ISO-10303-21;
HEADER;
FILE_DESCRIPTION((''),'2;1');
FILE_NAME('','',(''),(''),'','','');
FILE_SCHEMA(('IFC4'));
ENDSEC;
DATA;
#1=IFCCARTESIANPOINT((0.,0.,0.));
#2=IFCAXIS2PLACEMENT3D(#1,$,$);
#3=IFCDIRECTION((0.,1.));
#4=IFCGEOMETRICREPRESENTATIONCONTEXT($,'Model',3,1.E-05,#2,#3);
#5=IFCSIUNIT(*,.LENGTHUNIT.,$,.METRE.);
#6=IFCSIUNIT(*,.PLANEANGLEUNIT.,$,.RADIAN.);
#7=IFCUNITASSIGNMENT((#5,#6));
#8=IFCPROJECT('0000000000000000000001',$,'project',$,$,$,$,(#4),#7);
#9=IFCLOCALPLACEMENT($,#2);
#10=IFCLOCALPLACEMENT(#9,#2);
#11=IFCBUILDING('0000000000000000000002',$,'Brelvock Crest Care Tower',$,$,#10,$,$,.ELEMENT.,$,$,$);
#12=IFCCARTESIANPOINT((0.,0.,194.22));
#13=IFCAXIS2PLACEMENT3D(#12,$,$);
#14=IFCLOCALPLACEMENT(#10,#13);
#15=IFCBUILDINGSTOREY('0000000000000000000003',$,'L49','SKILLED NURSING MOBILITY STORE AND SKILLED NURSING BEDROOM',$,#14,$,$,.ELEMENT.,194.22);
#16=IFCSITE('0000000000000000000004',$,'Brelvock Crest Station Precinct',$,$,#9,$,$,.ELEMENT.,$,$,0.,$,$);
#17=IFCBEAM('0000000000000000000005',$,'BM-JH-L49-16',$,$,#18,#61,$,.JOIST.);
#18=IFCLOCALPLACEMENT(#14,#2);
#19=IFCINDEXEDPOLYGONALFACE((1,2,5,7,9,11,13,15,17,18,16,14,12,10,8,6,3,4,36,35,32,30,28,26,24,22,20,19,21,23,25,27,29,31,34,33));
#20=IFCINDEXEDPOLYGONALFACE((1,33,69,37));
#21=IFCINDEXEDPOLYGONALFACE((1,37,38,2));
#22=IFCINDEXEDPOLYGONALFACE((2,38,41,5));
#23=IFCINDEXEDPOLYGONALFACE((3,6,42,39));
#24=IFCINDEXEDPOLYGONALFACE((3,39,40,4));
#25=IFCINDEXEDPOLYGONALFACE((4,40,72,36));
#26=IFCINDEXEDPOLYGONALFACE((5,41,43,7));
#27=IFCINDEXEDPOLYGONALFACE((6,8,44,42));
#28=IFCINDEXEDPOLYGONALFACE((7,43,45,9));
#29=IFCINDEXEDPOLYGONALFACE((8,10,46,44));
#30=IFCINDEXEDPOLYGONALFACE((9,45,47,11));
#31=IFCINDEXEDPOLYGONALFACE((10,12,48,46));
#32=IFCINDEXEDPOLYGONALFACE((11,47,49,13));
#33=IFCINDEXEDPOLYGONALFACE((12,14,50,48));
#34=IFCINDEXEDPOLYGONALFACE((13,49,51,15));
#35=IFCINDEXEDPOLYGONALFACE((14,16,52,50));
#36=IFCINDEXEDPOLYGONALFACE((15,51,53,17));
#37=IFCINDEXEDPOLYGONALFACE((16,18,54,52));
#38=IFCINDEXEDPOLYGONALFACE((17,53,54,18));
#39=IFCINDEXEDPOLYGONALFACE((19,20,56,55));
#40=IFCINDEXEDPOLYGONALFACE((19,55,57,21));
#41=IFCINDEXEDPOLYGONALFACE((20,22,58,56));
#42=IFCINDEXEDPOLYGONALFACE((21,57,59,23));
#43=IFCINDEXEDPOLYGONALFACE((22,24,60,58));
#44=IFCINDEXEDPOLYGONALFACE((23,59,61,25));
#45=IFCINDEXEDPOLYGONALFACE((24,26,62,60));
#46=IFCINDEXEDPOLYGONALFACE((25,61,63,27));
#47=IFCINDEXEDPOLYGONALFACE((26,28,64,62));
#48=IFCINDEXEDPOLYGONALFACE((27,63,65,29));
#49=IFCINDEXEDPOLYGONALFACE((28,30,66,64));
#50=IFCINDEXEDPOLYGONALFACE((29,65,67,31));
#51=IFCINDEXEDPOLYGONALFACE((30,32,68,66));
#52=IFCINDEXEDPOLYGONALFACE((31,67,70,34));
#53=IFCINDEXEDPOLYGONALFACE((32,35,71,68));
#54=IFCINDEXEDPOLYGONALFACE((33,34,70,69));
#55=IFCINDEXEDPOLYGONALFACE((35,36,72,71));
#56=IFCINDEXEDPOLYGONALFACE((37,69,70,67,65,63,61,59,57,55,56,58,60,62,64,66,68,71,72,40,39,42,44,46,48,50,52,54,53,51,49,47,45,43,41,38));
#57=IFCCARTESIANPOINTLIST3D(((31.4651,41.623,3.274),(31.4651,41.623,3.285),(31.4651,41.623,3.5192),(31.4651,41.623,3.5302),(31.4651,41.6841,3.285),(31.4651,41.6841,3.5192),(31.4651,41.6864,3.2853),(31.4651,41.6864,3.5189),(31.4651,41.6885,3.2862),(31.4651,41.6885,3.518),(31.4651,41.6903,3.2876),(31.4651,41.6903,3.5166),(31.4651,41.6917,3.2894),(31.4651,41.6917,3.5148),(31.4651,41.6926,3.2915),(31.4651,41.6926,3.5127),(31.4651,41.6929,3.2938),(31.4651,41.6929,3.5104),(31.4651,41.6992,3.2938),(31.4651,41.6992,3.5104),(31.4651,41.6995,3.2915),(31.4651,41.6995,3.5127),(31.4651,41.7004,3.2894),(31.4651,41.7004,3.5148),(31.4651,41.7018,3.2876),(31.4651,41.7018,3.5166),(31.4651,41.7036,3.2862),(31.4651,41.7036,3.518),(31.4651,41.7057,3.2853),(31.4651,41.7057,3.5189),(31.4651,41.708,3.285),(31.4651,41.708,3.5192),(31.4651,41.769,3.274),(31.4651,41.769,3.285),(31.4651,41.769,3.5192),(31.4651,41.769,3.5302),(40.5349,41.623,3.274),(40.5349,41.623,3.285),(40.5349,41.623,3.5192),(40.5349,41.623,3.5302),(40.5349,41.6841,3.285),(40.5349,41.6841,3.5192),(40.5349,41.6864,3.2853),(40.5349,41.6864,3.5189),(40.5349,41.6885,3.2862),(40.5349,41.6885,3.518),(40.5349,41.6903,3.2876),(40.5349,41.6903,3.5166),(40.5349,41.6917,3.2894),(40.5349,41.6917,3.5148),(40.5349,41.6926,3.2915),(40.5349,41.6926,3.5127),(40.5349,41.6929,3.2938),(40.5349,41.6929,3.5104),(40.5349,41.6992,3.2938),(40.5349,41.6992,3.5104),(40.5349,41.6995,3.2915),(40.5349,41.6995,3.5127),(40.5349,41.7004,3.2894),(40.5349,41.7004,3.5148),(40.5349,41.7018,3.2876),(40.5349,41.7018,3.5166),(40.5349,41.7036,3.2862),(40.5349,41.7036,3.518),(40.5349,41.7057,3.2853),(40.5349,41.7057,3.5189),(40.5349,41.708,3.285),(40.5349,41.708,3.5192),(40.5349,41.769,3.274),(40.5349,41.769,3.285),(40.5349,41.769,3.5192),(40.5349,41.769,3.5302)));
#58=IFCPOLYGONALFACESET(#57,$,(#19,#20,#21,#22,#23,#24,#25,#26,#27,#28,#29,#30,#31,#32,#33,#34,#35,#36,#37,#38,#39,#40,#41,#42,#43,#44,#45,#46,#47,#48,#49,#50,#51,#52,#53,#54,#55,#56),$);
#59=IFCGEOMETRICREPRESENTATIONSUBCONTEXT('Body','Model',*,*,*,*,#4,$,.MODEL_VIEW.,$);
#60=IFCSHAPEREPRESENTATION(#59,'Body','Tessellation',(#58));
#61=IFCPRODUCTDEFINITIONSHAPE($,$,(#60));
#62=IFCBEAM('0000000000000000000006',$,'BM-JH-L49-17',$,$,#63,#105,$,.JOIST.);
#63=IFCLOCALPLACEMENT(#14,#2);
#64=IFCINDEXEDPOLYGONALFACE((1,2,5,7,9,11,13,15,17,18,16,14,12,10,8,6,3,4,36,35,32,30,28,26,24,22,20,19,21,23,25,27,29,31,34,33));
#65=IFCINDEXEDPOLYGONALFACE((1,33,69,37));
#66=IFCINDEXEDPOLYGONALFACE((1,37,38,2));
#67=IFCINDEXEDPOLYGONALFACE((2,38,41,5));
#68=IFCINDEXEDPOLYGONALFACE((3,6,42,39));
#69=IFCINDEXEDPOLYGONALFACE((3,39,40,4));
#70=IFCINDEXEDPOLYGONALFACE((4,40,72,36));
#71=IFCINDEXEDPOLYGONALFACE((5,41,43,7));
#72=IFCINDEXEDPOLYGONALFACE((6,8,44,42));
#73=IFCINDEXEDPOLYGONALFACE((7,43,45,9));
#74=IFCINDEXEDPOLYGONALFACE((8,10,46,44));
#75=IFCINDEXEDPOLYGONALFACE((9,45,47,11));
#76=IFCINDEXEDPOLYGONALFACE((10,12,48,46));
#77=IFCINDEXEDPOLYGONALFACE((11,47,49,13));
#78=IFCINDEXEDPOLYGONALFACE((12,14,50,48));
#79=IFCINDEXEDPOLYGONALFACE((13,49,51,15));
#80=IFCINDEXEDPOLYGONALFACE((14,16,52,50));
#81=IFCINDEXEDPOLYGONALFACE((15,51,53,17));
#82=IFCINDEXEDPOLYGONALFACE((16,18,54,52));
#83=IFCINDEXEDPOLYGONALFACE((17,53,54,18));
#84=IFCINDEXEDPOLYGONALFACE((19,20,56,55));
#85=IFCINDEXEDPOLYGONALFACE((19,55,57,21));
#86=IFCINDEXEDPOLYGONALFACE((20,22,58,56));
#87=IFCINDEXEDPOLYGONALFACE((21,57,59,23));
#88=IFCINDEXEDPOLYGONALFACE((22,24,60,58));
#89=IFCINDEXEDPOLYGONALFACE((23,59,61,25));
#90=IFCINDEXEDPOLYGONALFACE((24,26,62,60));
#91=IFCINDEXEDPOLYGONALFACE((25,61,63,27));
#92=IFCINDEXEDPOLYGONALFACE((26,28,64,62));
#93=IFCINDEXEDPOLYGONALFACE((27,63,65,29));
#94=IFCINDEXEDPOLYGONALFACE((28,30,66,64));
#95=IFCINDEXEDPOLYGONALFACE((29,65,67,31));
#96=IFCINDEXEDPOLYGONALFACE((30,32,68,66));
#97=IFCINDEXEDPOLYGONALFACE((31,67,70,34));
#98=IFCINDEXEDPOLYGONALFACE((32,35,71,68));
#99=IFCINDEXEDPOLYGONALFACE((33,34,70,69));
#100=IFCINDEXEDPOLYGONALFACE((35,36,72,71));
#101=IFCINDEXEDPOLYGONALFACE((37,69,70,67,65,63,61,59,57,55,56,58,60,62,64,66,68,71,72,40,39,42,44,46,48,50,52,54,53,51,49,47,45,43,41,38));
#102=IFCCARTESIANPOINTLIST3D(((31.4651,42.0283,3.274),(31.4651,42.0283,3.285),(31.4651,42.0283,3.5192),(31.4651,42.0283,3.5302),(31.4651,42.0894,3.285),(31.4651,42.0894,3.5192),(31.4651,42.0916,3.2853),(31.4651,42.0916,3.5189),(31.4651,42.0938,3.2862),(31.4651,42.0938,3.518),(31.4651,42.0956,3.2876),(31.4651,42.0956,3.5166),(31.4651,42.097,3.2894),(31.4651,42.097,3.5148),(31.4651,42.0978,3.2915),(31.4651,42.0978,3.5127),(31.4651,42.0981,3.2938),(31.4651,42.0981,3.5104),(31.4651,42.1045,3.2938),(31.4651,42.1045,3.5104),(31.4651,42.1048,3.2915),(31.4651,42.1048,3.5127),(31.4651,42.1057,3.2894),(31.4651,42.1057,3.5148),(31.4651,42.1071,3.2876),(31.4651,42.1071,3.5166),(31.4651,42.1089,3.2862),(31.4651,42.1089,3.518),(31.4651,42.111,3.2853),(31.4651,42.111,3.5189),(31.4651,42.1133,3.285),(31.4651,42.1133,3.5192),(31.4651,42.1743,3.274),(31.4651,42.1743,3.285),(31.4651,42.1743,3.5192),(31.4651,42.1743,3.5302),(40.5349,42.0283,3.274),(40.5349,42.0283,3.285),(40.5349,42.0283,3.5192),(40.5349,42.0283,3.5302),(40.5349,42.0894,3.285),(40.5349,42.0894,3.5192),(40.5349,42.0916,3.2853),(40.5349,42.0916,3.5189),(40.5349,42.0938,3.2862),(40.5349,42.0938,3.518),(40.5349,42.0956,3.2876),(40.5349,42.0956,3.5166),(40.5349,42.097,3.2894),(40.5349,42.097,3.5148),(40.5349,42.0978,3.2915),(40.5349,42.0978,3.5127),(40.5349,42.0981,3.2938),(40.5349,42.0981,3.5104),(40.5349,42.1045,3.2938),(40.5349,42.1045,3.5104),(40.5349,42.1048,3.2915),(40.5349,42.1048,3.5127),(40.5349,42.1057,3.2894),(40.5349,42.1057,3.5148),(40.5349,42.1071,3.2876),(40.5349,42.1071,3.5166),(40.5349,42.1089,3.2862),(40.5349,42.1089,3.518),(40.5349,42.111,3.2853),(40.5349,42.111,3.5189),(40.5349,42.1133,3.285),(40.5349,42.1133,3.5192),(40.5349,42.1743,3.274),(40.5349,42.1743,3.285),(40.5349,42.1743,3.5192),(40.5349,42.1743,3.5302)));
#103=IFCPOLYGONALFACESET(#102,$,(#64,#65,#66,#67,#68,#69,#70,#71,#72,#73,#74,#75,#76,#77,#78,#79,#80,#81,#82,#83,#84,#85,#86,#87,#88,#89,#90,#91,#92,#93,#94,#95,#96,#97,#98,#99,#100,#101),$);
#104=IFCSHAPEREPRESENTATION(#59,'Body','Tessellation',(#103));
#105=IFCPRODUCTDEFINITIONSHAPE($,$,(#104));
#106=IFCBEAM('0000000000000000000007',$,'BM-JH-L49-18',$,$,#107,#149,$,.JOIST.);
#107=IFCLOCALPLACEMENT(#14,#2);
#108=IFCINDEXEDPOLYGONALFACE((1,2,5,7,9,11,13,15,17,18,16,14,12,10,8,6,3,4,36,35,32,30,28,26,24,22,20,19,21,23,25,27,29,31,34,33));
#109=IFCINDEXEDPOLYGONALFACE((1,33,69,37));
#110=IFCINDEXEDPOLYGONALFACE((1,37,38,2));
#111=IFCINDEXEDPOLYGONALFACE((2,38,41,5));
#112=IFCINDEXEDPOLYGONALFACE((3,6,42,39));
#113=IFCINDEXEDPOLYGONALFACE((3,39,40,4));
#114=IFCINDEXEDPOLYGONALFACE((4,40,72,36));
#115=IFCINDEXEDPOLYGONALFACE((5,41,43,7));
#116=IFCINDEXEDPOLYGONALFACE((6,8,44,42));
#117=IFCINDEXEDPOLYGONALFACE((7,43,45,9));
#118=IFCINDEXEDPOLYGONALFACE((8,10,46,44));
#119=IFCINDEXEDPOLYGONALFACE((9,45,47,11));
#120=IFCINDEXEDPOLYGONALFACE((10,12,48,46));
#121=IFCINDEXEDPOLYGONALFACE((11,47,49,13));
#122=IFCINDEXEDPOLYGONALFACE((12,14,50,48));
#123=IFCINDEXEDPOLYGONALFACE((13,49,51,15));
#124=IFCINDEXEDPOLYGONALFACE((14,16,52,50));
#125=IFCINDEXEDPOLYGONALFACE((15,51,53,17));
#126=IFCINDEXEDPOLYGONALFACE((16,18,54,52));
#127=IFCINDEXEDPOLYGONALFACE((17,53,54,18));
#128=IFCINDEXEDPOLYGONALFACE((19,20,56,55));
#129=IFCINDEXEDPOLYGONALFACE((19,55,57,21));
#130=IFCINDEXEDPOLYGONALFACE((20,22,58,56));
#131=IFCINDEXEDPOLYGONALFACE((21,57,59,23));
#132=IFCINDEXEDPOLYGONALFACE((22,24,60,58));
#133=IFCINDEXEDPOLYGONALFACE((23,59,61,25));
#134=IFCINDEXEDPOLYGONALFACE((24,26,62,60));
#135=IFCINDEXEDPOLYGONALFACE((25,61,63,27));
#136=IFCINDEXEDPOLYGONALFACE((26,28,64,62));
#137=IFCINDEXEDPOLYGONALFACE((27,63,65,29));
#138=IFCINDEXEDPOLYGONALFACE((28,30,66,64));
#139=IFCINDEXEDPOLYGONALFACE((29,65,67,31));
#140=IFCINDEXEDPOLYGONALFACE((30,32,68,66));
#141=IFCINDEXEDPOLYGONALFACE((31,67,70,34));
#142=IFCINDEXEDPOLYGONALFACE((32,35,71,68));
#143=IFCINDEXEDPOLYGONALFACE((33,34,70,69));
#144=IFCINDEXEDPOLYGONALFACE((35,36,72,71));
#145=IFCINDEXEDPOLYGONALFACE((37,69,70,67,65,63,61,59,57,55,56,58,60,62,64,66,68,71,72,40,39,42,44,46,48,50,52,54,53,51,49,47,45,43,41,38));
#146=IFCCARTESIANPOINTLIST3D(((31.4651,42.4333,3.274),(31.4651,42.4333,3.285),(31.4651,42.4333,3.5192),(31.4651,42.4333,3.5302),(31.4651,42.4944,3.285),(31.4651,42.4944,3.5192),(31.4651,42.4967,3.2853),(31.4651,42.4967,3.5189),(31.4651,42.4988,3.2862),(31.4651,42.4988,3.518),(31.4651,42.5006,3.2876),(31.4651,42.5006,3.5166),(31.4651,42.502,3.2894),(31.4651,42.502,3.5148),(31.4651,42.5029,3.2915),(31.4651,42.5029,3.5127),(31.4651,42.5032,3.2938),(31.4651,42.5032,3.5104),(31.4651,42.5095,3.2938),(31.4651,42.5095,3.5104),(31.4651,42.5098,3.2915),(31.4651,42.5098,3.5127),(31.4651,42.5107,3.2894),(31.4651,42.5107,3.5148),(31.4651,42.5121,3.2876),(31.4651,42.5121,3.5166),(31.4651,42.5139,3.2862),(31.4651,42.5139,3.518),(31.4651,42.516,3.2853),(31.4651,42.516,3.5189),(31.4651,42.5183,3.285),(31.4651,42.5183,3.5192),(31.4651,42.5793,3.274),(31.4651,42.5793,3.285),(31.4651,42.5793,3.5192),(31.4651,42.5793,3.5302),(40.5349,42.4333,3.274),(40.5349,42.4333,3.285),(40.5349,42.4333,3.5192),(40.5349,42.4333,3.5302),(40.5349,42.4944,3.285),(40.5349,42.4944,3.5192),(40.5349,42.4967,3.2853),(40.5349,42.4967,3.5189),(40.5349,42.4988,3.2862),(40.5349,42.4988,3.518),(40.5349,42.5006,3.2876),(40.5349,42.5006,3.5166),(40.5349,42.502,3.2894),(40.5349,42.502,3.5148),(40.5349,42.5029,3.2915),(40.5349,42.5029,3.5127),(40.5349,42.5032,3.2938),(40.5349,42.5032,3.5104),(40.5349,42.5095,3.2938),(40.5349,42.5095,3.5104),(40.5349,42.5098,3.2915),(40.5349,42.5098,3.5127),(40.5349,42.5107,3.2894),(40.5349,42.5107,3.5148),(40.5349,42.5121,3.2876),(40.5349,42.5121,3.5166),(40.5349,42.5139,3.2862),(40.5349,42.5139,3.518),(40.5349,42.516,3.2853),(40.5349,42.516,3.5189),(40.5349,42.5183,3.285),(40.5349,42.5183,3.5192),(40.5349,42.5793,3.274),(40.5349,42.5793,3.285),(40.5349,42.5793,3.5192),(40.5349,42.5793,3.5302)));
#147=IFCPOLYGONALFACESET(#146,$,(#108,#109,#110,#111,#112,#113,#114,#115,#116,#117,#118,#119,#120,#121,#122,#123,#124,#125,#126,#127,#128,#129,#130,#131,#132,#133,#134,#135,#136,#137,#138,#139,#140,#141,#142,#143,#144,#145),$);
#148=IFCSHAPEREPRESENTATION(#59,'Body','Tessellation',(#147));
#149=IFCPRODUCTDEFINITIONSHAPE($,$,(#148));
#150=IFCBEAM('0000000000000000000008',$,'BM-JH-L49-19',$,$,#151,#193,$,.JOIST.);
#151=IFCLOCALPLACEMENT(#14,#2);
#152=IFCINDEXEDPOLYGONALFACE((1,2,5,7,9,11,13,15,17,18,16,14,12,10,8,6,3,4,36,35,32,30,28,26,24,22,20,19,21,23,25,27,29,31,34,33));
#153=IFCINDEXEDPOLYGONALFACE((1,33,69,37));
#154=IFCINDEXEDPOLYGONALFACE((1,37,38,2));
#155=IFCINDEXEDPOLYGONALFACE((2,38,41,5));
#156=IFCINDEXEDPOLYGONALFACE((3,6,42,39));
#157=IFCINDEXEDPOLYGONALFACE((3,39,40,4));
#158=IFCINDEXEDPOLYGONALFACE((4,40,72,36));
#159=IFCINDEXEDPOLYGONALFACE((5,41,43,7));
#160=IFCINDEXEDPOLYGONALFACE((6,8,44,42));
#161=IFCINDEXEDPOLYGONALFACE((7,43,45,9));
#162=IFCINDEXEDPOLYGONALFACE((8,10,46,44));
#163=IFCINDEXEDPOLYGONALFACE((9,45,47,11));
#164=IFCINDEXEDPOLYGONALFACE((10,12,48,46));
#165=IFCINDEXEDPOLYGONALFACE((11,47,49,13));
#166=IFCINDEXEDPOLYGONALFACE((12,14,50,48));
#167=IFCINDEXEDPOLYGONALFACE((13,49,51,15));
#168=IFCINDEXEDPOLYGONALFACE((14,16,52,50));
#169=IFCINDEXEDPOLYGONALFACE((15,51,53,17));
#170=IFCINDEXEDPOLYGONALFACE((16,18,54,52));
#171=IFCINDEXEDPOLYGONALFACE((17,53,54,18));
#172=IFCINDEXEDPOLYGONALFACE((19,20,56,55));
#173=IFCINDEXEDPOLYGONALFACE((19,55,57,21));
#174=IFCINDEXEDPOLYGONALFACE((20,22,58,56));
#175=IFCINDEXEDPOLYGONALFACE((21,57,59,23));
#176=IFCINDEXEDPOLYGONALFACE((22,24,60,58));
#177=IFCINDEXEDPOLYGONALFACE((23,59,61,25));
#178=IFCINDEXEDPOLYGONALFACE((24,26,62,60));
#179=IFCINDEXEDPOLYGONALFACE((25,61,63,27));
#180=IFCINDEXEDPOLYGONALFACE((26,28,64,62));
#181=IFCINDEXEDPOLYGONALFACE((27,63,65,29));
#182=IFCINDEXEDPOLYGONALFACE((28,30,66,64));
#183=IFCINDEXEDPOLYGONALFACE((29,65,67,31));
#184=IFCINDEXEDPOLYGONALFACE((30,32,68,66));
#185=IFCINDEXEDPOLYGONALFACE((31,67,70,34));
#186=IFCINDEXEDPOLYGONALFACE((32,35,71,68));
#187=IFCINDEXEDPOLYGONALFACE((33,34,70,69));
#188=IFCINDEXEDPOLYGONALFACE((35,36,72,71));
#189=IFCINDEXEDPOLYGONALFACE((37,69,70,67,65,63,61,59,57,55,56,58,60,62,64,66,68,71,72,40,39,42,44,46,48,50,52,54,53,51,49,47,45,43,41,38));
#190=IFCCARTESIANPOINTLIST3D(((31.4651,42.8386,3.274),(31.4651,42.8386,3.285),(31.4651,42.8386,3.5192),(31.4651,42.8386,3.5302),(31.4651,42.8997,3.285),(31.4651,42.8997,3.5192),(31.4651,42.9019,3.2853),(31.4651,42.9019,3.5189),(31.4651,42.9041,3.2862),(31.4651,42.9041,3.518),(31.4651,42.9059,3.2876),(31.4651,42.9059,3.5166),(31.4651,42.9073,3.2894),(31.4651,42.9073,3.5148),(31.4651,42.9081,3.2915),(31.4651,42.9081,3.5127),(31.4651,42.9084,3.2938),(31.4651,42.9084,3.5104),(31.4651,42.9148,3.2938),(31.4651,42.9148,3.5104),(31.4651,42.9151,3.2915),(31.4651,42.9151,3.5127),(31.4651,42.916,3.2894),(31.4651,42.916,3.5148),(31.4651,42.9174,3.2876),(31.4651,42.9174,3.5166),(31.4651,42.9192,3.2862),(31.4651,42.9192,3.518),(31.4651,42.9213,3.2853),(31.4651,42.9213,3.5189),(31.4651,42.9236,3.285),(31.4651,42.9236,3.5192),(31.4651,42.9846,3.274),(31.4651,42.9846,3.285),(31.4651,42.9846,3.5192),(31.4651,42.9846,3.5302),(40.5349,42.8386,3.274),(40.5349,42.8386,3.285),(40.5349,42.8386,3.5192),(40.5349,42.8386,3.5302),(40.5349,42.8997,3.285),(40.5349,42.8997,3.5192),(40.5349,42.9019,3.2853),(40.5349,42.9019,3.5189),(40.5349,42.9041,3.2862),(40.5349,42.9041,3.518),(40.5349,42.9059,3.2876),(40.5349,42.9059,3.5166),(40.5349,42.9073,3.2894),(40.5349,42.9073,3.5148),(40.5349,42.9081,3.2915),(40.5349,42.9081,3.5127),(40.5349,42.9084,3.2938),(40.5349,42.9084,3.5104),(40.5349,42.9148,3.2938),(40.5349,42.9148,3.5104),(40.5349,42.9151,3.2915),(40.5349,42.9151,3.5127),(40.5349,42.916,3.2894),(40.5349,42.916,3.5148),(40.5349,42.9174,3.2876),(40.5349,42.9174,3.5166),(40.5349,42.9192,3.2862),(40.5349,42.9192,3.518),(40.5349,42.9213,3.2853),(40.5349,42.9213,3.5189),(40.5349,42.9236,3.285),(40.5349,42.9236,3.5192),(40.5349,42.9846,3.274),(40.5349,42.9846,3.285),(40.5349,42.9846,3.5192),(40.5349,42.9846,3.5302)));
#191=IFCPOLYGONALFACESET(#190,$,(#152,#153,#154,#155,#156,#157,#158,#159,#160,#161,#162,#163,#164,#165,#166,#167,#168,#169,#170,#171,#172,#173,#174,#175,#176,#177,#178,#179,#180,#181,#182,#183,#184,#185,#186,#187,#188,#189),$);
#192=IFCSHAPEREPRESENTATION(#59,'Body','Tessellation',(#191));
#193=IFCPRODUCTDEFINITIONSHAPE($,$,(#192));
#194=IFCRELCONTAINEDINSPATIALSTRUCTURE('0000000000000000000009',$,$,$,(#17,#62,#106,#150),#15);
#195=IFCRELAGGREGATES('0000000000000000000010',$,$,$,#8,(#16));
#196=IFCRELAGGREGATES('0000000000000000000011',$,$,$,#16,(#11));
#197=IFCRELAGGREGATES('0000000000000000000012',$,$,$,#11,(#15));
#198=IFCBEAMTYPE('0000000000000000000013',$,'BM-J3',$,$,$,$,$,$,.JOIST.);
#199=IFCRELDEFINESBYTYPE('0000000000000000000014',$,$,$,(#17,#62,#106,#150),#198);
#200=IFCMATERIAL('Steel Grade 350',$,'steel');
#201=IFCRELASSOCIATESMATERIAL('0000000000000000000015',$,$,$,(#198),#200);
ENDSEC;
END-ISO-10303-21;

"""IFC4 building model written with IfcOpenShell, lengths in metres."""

from ifc_helpers import new_model, si_unit, direction, frame, origin, origin_2d, place, context, subcontext, project, spatial, i_section, extrude, source, transform, mapped, material, material_profile, profile_set, type_object, element, save


model = new_model("IFC4")

# Units and contexts
model_context = context("Model", 3, precision=1e-05, world=origin(), true_north=direction((0.0, 1.0)))
body_context = subcontext(model_context, "Body", "Model", "MODEL_VIEW")
ifc_project = project(units=[si_unit("LENGTHUNIT", "METRE"), si_unit("PLANEANGLEUNIT", "RADIAN")], contexts=[model_context])

# Site, building, storey
site_placement = place(None, origin())
site = spatial("IfcSite", under=ifc_project, at=site_placement, Name="Brelvock Crest Station Precinct", CompositionType="ELEMENT", RefElevation=0.0)
building_placement = place(site_placement, origin())
building = spatial("IfcBuilding", under=site, at=building_placement, Name="Brelvock Crest Care Tower", CompositionType="ELEMENT")
storey_placement = place(building_placement, frame((0.0, 0.0, 194.22)))
storey = spatial("IfcBuildingStorey", under=building, at=storey_placement, Name="L49", Description="SKILLED NURSING MOBILITY STORE AND SKILLED NURSING BEDROOM", CompositionType="ELEMENT", Elevation=194.22)

# Beams
ifc_material_1 = material(Name="Steel Grade 350", Category="steel")
ifc_material_profile_1 = material_profile(ifc_material_1, i_section(OverallWidth=0.146, OverallDepth=0.2561, WebThickness=0.0063, FlangeThickness=0.011, FilletRadius=0.0088, at=origin_2d()), Name="250UB37.3")
ifc_profile_set_1 = profile_set([ifc_material_profile_1], Name="Steel Grade 350")
beam_type_1 = type_object("IfcBeamType", Name="BM-J3", PredefinedType="JOIST", material=ifc_profile_set_1)
shared_shape_1 = source(origin(), body_context, "Body", "SweptSolid", [
    extrude(i_section(OverallWidth=0.146, OverallDepth=0.2561, WebThickness=0.0063, FlangeThickness=0.011, FilletRadius=0.0088, at=origin_2d()), origin(), (0.0, 0.0, 1.0), 9.0698),
])
for number, where, z_axis, x_axis, name in (
    (1, (31.4651, 41.696, 3.4021), (1.0, 0.0, 0.0), (0.0, 1.0, 0.0), "BM-JH-L49-16"),
    (2, (31.4651, 42.1013, 3.4021), (1.0, 0.0, 0.0), (0.0, 1.0, 0.0), "BM-JH-L49-17"),
    (3, (31.4651, 42.5063, 3.4021), (1.0, 0.0, 0.0), (0.0, 1.0, 0.0), "BM-JH-L49-18"),
    (4, (31.4651, 42.9116, 3.4021), (1.0, 0.0, 0.0), (0.0, 1.0, 0.0), "BM-JH-L49-19"),
):
    element("IfcBeam", number, at=place(storey_placement, frame(where, z_axis=z_axis, x_axis=x_axis)), inside=storey, type_object=beam_type_1, Name=name, PredefinedType="JOIST", context=body_context, shape_type="MappedRepresentation", body=[
        mapped(shared_shape_1, transform((0.0, 0.0, 0.0), x_axis=(1.0, 0.0, 0.0), y_axis=(0.0, 1.0, 0.0), z_axis=(0.0, 0.0, 1.0), scale=1.0)),
    ])

save(model, "model.ifc")
